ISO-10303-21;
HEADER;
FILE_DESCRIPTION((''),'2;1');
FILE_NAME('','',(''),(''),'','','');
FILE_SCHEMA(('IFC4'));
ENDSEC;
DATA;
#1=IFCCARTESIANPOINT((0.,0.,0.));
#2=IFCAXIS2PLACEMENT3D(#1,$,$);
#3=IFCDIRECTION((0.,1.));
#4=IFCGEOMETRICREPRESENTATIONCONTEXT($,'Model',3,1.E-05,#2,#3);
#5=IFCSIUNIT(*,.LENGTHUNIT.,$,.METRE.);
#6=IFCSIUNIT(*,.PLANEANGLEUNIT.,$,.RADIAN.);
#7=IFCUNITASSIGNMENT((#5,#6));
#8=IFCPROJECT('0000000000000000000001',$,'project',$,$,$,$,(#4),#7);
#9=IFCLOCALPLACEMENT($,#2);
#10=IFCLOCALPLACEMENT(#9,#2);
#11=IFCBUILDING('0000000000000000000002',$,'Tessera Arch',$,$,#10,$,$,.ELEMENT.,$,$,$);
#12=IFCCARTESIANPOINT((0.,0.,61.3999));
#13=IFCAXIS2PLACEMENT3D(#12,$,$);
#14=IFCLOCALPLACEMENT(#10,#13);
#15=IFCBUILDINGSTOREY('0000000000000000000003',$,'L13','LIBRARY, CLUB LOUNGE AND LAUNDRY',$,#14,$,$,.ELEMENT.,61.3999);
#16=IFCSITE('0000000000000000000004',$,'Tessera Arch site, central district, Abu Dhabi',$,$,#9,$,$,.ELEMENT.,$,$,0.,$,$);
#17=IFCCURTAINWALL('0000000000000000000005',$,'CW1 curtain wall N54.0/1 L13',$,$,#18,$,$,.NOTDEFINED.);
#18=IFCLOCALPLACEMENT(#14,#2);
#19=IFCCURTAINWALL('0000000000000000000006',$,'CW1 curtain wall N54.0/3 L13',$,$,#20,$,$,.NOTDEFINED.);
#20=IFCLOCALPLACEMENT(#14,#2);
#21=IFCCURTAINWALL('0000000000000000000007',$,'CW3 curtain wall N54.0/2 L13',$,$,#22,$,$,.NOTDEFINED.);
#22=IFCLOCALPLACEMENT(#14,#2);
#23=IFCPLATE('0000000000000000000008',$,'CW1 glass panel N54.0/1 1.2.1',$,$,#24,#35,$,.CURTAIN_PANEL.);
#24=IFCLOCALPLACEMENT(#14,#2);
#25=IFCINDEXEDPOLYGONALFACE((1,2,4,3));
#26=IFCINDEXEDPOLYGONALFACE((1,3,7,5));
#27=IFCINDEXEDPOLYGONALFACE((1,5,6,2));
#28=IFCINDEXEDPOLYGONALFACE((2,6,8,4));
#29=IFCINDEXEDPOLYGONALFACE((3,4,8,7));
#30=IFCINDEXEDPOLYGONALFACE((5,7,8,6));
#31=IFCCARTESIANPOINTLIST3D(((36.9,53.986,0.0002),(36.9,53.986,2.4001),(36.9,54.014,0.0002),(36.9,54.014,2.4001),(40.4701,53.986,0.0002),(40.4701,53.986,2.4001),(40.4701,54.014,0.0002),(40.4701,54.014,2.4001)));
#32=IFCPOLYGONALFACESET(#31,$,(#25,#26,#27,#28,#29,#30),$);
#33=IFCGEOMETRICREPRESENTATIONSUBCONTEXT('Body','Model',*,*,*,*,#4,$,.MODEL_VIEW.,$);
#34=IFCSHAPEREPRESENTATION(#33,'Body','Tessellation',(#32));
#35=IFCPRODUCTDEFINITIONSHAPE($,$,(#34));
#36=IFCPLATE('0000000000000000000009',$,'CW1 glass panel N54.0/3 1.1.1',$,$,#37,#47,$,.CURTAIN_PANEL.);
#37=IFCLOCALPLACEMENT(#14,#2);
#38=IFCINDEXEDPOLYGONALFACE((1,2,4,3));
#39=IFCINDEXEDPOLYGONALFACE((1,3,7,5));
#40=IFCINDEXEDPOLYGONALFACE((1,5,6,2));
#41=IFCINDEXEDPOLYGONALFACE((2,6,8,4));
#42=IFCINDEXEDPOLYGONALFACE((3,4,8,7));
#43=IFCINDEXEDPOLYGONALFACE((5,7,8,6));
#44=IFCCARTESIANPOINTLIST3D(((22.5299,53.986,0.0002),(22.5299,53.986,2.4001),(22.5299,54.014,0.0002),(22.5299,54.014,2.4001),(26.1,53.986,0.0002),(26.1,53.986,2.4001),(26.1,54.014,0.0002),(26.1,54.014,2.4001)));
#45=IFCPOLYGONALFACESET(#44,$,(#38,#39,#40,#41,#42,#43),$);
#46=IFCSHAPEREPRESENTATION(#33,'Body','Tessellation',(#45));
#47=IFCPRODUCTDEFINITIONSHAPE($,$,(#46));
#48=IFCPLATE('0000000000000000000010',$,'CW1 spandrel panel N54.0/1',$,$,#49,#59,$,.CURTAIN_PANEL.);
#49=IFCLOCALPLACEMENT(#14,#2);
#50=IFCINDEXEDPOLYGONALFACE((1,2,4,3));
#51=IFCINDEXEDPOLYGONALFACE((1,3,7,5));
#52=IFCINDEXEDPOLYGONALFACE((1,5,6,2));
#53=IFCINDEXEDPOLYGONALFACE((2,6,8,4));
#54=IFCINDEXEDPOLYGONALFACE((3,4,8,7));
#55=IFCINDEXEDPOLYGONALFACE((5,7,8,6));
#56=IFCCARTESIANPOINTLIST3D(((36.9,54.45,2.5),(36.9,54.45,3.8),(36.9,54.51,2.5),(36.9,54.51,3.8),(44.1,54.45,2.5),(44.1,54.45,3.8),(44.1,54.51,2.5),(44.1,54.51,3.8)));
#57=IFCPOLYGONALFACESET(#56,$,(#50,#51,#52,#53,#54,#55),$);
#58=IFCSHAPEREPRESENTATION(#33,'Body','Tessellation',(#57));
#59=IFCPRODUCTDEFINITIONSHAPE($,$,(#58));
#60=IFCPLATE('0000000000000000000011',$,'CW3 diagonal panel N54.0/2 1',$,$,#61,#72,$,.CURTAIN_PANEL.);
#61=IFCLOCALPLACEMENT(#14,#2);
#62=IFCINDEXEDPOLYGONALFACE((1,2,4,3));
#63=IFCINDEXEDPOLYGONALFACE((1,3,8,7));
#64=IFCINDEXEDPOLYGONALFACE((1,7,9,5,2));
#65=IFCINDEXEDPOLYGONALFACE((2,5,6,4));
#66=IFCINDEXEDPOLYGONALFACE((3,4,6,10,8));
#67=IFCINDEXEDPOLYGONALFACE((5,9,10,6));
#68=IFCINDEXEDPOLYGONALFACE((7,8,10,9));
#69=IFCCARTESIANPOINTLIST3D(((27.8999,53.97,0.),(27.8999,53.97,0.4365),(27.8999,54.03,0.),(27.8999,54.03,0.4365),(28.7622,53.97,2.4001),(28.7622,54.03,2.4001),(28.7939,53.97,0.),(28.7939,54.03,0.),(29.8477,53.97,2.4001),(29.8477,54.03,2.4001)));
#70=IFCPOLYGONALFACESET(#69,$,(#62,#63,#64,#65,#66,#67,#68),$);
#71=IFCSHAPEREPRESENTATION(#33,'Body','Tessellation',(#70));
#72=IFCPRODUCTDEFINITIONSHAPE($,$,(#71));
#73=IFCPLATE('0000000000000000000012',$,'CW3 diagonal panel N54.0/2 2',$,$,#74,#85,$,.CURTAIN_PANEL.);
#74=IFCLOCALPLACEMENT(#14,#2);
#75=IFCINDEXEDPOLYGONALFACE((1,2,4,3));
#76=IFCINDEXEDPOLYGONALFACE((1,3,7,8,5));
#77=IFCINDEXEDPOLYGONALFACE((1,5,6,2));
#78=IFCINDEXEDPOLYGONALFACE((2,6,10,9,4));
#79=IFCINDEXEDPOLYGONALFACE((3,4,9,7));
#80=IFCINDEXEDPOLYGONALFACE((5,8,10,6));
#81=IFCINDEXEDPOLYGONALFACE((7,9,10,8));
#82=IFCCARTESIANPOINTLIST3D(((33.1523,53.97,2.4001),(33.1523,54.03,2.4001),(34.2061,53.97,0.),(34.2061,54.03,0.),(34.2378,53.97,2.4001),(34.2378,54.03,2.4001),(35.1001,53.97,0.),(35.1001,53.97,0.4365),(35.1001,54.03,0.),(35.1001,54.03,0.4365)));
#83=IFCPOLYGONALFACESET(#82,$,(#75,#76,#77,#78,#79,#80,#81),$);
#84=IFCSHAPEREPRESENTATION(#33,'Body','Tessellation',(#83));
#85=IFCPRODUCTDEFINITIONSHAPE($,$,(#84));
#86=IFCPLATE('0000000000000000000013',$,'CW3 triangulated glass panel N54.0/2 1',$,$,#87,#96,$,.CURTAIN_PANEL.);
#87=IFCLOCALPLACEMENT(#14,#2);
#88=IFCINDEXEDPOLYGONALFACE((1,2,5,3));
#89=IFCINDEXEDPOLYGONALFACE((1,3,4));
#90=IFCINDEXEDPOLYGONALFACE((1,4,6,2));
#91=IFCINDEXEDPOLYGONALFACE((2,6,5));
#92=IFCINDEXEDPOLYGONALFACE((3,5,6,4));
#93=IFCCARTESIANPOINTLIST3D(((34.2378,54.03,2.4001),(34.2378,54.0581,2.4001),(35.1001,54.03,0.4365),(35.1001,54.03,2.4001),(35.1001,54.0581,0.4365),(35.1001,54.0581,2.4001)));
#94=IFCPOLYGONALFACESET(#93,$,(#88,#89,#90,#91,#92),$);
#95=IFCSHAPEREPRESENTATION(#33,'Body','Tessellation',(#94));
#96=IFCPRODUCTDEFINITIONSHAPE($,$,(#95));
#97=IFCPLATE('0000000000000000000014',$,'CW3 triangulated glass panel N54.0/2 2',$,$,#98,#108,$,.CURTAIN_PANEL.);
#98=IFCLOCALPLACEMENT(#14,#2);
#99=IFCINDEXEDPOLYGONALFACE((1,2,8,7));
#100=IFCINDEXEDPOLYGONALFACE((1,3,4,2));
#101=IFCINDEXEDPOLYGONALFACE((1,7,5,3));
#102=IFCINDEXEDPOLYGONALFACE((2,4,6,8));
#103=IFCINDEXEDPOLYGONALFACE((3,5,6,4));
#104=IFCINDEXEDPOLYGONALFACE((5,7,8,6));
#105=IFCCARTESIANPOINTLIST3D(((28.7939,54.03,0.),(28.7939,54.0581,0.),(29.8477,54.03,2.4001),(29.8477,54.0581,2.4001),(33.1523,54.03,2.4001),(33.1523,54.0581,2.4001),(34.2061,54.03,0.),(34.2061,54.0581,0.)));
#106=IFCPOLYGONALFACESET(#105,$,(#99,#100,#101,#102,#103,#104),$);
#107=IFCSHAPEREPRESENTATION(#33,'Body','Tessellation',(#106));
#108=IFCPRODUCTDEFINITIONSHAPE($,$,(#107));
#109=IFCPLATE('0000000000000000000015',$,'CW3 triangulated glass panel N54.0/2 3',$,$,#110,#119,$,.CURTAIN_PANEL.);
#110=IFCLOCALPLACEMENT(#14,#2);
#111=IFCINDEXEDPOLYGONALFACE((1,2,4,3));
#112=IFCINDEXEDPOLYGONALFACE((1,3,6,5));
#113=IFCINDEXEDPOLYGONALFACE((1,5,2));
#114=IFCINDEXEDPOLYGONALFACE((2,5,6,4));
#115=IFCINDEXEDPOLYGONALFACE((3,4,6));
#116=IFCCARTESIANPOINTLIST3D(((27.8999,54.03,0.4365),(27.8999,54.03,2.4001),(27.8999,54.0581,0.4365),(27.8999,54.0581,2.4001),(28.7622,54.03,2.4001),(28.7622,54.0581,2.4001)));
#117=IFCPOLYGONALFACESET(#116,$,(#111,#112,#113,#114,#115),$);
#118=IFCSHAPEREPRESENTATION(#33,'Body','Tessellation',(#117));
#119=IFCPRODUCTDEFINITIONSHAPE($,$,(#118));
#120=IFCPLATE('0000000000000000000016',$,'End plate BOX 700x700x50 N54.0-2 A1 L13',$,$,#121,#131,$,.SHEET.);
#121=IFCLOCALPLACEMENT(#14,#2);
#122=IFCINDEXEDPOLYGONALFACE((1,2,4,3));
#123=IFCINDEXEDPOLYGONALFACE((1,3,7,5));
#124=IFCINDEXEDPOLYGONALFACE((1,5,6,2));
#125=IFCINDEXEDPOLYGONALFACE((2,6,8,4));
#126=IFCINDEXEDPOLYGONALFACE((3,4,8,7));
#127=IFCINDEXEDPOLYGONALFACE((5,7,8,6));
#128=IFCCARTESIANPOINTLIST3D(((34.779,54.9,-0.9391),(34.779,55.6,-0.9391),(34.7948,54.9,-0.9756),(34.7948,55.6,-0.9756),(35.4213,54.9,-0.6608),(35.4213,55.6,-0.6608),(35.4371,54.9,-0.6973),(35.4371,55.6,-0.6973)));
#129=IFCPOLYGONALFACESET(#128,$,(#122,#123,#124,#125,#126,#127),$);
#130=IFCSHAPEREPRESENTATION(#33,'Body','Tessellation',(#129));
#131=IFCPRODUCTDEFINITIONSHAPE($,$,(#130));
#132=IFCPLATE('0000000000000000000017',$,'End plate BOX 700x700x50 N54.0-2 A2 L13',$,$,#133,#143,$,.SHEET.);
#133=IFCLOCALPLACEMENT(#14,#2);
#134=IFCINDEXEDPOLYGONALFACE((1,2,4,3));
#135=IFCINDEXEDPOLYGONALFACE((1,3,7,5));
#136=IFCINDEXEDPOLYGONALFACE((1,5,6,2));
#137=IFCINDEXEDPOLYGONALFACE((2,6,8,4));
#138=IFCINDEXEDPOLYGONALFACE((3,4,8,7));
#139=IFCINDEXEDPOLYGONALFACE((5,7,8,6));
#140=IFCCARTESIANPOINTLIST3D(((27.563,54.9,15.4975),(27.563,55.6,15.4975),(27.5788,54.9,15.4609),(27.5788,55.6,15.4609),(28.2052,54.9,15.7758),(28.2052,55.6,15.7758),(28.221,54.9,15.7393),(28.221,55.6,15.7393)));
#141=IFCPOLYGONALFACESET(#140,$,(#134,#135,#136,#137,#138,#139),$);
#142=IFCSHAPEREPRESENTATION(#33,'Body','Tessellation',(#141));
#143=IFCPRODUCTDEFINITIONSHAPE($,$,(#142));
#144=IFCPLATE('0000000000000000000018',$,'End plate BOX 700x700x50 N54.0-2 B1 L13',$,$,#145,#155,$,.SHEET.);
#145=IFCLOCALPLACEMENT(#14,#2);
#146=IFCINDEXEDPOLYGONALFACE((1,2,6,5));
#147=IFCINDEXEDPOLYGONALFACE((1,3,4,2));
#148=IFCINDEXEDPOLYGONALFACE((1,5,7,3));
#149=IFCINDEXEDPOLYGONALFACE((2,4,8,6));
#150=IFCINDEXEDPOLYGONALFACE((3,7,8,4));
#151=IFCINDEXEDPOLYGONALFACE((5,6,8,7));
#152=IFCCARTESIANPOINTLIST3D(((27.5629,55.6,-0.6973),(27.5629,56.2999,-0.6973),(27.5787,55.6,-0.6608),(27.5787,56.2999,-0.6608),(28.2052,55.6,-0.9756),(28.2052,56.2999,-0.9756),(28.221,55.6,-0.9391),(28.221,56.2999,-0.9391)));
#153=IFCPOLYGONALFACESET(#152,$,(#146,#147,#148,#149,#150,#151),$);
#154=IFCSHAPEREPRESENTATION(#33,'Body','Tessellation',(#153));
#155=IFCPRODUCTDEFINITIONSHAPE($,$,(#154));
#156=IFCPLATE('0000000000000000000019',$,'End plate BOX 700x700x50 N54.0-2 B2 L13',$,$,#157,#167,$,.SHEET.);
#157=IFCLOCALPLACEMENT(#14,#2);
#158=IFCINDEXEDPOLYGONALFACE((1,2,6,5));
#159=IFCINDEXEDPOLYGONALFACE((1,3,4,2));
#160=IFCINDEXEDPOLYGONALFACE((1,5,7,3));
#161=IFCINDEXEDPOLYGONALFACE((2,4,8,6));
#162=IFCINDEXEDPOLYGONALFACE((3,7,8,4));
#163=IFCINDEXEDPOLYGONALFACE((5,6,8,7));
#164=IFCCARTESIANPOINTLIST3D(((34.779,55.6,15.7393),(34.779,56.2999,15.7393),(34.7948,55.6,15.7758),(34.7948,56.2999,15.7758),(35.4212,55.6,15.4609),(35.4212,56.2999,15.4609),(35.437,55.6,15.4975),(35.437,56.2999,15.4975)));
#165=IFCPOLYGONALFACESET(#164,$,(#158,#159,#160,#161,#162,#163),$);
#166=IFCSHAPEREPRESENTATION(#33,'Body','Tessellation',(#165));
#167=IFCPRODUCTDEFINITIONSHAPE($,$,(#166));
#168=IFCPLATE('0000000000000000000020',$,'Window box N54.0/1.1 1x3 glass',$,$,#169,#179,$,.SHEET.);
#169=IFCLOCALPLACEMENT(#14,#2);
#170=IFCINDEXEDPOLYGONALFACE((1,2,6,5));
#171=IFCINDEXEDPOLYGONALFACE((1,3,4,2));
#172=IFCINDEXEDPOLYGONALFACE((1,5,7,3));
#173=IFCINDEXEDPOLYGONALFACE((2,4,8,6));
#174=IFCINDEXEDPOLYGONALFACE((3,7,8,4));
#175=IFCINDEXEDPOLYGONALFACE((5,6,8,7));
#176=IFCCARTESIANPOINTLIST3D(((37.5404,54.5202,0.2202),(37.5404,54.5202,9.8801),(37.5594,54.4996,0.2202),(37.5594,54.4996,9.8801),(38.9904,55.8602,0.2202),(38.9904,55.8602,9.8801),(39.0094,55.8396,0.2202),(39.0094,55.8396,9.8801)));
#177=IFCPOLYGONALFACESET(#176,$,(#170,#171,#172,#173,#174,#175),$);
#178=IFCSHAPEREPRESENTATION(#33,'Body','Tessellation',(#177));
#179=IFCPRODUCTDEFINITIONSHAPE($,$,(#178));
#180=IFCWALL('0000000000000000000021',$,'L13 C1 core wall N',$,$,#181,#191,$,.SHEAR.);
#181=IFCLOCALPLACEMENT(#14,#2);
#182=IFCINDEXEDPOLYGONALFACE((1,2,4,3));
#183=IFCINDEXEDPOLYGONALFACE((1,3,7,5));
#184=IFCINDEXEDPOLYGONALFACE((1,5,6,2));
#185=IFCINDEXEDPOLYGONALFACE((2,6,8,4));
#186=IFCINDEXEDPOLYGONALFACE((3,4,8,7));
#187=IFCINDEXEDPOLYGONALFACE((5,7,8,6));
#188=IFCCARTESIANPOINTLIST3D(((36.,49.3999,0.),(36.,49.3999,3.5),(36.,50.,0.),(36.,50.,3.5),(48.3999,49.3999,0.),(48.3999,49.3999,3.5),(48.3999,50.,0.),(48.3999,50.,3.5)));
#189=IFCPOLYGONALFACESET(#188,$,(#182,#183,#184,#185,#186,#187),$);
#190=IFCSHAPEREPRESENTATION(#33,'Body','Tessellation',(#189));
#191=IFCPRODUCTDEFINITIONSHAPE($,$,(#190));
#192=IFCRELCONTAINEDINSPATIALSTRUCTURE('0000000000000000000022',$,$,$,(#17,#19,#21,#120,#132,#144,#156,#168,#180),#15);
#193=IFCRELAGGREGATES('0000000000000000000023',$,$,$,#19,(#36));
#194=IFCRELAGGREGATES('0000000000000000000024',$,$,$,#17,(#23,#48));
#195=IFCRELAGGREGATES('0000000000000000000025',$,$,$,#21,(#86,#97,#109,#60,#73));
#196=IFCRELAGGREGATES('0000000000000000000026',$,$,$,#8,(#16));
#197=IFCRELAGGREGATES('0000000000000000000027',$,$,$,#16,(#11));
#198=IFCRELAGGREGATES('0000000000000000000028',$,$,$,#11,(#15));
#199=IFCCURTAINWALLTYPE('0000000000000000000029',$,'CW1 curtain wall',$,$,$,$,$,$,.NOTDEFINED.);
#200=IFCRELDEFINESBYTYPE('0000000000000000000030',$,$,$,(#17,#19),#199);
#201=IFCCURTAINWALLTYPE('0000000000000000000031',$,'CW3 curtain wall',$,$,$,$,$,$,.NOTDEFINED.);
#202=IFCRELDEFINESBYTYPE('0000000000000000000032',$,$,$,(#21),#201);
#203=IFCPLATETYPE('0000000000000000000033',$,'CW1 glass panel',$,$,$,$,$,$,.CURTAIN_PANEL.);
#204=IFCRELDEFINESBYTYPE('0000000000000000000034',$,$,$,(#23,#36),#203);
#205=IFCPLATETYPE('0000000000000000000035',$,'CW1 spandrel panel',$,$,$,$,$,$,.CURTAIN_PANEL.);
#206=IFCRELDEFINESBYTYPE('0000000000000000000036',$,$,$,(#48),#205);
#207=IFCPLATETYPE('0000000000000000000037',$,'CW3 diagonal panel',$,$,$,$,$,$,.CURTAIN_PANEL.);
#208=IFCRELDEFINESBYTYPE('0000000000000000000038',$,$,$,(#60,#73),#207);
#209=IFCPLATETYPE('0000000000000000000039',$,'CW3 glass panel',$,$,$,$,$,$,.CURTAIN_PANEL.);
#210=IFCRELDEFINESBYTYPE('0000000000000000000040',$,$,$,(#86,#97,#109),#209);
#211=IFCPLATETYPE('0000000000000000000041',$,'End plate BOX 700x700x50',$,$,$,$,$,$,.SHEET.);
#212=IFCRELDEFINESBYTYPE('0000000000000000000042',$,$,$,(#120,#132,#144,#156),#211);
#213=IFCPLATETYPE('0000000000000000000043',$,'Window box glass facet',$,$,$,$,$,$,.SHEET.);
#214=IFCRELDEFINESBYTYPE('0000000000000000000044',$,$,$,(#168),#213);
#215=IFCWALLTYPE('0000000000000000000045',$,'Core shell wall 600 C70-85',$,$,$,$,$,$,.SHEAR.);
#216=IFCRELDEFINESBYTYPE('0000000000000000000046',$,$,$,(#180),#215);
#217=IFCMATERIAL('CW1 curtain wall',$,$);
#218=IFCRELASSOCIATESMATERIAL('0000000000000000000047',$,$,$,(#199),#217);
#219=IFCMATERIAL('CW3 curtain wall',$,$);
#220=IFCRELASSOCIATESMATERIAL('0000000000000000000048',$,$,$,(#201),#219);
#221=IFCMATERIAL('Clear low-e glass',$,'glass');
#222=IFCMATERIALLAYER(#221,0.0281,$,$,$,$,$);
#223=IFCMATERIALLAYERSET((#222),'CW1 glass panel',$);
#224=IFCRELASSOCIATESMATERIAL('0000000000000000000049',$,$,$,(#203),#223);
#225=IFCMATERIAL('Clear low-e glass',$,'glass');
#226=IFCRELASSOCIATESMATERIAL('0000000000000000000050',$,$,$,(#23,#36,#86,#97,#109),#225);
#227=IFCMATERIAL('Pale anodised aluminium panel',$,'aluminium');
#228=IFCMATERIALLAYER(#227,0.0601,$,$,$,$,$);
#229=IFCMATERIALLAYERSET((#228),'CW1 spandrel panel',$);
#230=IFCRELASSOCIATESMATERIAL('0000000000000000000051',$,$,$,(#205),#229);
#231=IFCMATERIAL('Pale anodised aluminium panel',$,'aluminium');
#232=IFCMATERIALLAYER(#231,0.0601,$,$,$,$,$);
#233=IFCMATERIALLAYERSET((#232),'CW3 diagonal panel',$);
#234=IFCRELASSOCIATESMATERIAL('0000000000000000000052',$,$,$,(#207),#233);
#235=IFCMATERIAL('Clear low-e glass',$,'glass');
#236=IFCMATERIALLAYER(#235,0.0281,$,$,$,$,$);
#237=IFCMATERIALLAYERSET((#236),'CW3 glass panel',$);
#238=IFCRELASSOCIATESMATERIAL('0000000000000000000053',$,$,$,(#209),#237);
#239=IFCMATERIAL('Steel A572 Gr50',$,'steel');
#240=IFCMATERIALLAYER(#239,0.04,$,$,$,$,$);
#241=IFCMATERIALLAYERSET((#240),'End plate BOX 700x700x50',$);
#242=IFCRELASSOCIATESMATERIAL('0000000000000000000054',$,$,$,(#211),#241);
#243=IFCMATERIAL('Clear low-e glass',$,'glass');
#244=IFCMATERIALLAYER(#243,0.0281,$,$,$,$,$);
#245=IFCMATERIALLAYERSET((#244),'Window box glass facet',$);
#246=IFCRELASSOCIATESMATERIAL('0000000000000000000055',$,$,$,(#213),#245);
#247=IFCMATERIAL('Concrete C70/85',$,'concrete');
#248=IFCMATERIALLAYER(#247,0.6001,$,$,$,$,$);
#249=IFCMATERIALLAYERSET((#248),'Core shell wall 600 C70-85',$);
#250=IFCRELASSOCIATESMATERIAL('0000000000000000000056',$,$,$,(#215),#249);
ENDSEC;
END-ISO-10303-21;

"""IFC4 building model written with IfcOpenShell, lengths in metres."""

from ifc_helpers import new_model, si_unit, direction, frame, frame_2d, origin, origin_2d, place, context, subcontext, project, spatial, polyline, rectangle, outline, extrude, material, layer, layer_set, type_object, element, aggregate, save


model = new_model("IFC4")

# Units and contexts
model_context = context("Model", 3, precision=1e-05, world=origin(), true_north=direction((0.0, 1.0)))
body_context = subcontext(model_context, "Body", "Model", "MODEL_VIEW")
ifc_project = project(units=[si_unit("LENGTHUNIT", "METRE"), si_unit("PLANEANGLEUNIT", "RADIAN")], contexts=[model_context])

# Site, building, storey
site_placement = place(None, origin())
site = spatial("IfcSite", under=ifc_project, at=site_placement, Name="Tessera Arch site, central district, Abu Dhabi", CompositionType="ELEMENT", RefElevation=0.0)
building_placement = place(site_placement, origin())
building = spatial("IfcBuilding", under=site, at=building_placement, Name="Tessera Arch", CompositionType="ELEMENT")
storey_placement = place(building_placement, frame((0.0, 0.0, 61.3999)))
storey = spatial("IfcBuildingStorey", under=building, at=storey_placement, Name="L13", Description="LIBRARY, CLUB LOUNGE AND LAUNDRY", CompositionType="ELEMENT", Elevation=61.3999)

# Curtain walls
ifc_material_1 = material(Name="CW1 curtain wall")
curtain_wall_type_1 = type_object("IfcCurtainWallType", Name="CW1 curtain wall", PredefinedType="NOTDEFINED", material=ifc_material_1)
curtain_wall_1_placement = place(storey_placement, origin())
curtain_wall_1 = element("IfcCurtainWall", 1, at=curtain_wall_1_placement, inside=storey, type_object=curtain_wall_type_1, Name="CW1 curtain wall N54.0/1 L13", PredefinedType="NOTDEFINED")
curtain_wall_2_placement = place(storey_placement, origin())
curtain_wall_2 = element("IfcCurtainWall", 2, at=curtain_wall_2_placement, inside=storey, type_object=curtain_wall_type_1, Name="CW1 curtain wall N54.0/3 L13", PredefinedType="NOTDEFINED")
ifc_material_2 = material(Name="CW3 curtain wall")
curtain_wall_type_2 = type_object("IfcCurtainWallType", Name="CW3 curtain wall", PredefinedType="NOTDEFINED", material=ifc_material_2)
curtain_wall_3_placement = place(storey_placement, origin())
curtain_wall_3 = element("IfcCurtainWall", 3, at=curtain_wall_3_placement, inside=storey, type_object=curtain_wall_type_2, Name="CW3 curtain wall N54.0/2 L13", PredefinedType="NOTDEFINED")

# Plates
ifc_material_3 = material(Name="Clear low-e glass", Category="glass")
ifc_material_4 = material(Name="Clear low-e glass", Category="glass")
ifc_layer_1 = layer(ifc_material_4, 0.0281)
ifc_layer_set_1 = layer_set([ifc_layer_1], Name="CW1 glass panel")
plate_type_1 = type_object("IfcPlateType", Name="CW1 glass panel", PredefinedType="CURTAIN_PANEL", material=ifc_layer_set_1)
plate_1_placement = place(storey_placement, frame((38.6851, 54.0, 0.0002), z_axis=(0.0, 0.0, 1.0), x_axis=(-1.0, 0.0, 0.0)))
plate_1 = element("IfcPlate", 4, at=plate_1_placement, type_object=plate_type_1, material=ifc_material_3, Name="CW1 glass panel N54.0/1 1.2.1", PredefinedType="CURTAIN_PANEL", context=body_context, shape_type="SweptSolid", body=[
    extrude(rectangle(XDim=3.5701, YDim=0.0281, at=origin_2d()), origin(), (0.0, 0.0, 1.0), 2.3999),
])
plate_2_placement = place(storey_placement, frame((24.3149, 54.0, 0.0002), z_axis=(0.0, 0.0, 1.0), x_axis=(-1.0, 0.0, 0.0)))
plate_2 = element("IfcPlate", 5, at=plate_2_placement, type_object=plate_type_1, material=ifc_material_3, Name="CW1 glass panel N54.0/3 1.1.1", PredefinedType="CURTAIN_PANEL", context=body_context, shape_type="SweptSolid", body=[
    extrude(rectangle(XDim=3.5701, YDim=0.0281, at=origin_2d()), origin(), (0.0, 0.0, 1.0), 2.3999),
])
aggregate(curtain_wall_2, [plate_2])
ifc_material_5 = material(Name="Pale anodised aluminium panel", Category="aluminium")
ifc_layer_2 = layer(ifc_material_5, 0.0601)
ifc_layer_set_2 = layer_set([ifc_layer_2], Name="CW1 spandrel panel")
plate_type_2 = type_object("IfcPlateType", Name="CW1 spandrel panel", PredefinedType="CURTAIN_PANEL", material=ifc_layer_set_2)
plate_3_placement = place(storey_placement, frame((40.5, 54.48, 2.5), z_axis=(0.0, 0.0, 1.0), x_axis=(-1.0, 0.0, 0.0)))
plate_3 = element("IfcPlate", 6, at=plate_3_placement, type_object=plate_type_2, Name="CW1 spandrel panel N54.0/1", PredefinedType="CURTAIN_PANEL", context=body_context, shape_type="SweptSolid", body=[
    extrude(rectangle(XDim=7.2, YDim=0.0601, at=origin_2d()), origin(), (0.0, 0.0, 1.0), 1.3),
])
aggregate(curtain_wall_1, [plate_1, plate_3])
ifc_material_6 = material(Name="Pale anodised aluminium panel", Category="aluminium")
ifc_layer_3 = layer(ifc_material_6, 0.0601)
ifc_layer_set_3 = layer_set([ifc_layer_3], Name="CW3 diagonal panel")
plate_type_3 = type_object("IfcPlateType", Name="CW3 diagonal panel", PredefinedType="CURTAIN_PANEL", material=ifc_layer_set_3)
plate_4_placement = place(storey_placement, frame((27.8999, 54.03, 0.0), z_axis=(0.0, 1.0, 0.0), x_axis=(0.0, 0.0, 1.0)))
plate_4 = element("IfcPlate", 7, at=plate_4_placement, type_object=plate_type_3, Name="CW3 diagonal panel N54.0/2 1", PredefinedType="CURTAIN_PANEL", context=body_context, shape_type="SweptSolid", body=[
    extrude(outline(polyline([(0.0, 0.0), (0.4365, 0.0), (2.4001, 0.8623), (2.4001, 1.9478), (0.0, 0.894), (0.0, 0.0)])), origin(), (0.0, 0.0, -1.0), 0.0601),
])
plate_5_placement = place(storey_placement, frame((33.1523, 54.03, 2.4001), z_axis=(0.0, 1.0, 0.0), x_axis=(1.0, 0.0, 0.0)))
plate_5 = element("IfcPlate", 8, at=plate_5_placement, type_object=plate_type_3, Name="CW3 diagonal panel N54.0/2 2", PredefinedType="CURTAIN_PANEL", context=body_context, shape_type="SweptSolid", body=[
    extrude(outline(polyline([(0.0, 0.0), (1.0854, 0.0), (1.9478, 1.9636), (1.9478, 2.4001), (1.0537, 2.4001), (0.0, 0.0)])), origin(), (0.0, 0.0, -1.0), 0.0601),
])
ifc_material_7 = material(Name="Clear low-e glass", Category="glass")
ifc_layer_4 = layer(ifc_material_7, 0.0281)
ifc_layer_set_4 = layer_set([ifc_layer_4], Name="CW3 glass panel")
plate_type_4 = type_object("IfcPlateType", Name="CW3 glass panel", PredefinedType="CURTAIN_PANEL", material=ifc_layer_set_4)
plate_6_placement = place(storey_placement, frame((35.1001, 54.0581, 2.4001), z_axis=(0.0, 1.0, 0.0), x_axis=(0.0, 0.0, -1.0)))
plate_6 = element("IfcPlate", 9, at=plate_6_placement, type_object=plate_type_4, material=ifc_material_3, Name="CW3 triangulated glass panel N54.0/2 1", PredefinedType="CURTAIN_PANEL", context=body_context, shape_type="SweptSolid", body=[
    extrude(outline(polyline([(0.0, 0.0), (1.9636, 0.0), (0.0, 0.8623), (0.0, 0.0)])), origin(), (0.0, 0.0, -1.0), 0.0281),
])
plate_7_placement = place(storey_placement, frame((29.8477, 54.0581, 2.4001), z_axis=(0.0, 1.0, 0.0), x_axis=(1.0, 0.0, 0.0)))
plate_7 = element("IfcPlate", 10, at=plate_7_placement, type_object=plate_type_4, material=ifc_material_3, Name="CW3 triangulated glass panel N54.0/2 2", PredefinedType="CURTAIN_PANEL", context=body_context, shape_type="SweptSolid", body=[
    extrude(outline(polyline([(0.0, 0.0), (3.3047, 0.0), (4.3584, 2.4001), (-1.0537, 2.4001), (0.0, 0.0)])), origin(), (0.0, 0.0, -1.0), 0.0281),
])
plate_8_placement = place(storey_placement, frame((27.8999, 54.0581, 2.4001), z_axis=(0.0, 1.0, 0.0), x_axis=(1.0, 0.0, 0.0)))
plate_8 = element("IfcPlate", 11, at=plate_8_placement, type_object=plate_type_4, material=ifc_material_3, Name="CW3 triangulated glass panel N54.0/2 3", PredefinedType="CURTAIN_PANEL", context=body_context, shape_type="SweptSolid", body=[
    extrude(outline(polyline([(0.0, 0.0), (0.8623, 0.0), (0.0, 1.9636), (0.0, 0.0)])), origin(), (0.0, 0.0, -1.0), 0.0281),
])
aggregate(curtain_wall_3, [plate_6, plate_7, plate_8, plate_4, plate_5])

# Plates
ifc_material_8 = material(Name="Steel A572 Gr50", Category="steel")
ifc_layer_5 = layer(ifc_material_8, 0.04)
ifc_layer_set_5 = layer_set([ifc_layer_5], Name="End plate BOX 700x700x50")
plate_type_5 = type_object("IfcPlateType", Name="End plate BOX 700x700x50", PredefinedType="SHEET", material=ifc_layer_set_5)
for number, where, z_axis, x_axis, name in (
    (12, (35.116, 55.25, -0.8364), (-0.397607, 0.0, 0.917556), (0.0, -1.0, 0.0), "End plate BOX 700x700x50 N54.0-2 A1 L13"),
    (13, (27.8999, 55.25, 15.6001), (-0.397607, 0.0, 0.917556), (0.0, -1.0, 0.0), "End plate BOX 700x700x50 N54.0-2 A2 L13"),
    (14, (27.884, 55.95, -0.8364), (0.397607, 0.0, 0.917556), (0.0, 1.0, 0.0), "End plate BOX 700x700x50 N54.0-2 B1 L13"),
    (15, (35.1001, 55.95, 15.6001), (0.397607, 0.0, 0.917556), (0.0, 1.0, 0.0), "End plate BOX 700x700x50 N54.0-2 B2 L13"),
):
    element("IfcPlate", number, at=place(storey_placement, frame(where, z_axis=z_axis, x_axis=x_axis)), inside=storey, type_object=plate_type_5, Name=name, PredefinedType="SHEET", context=body_context, shape_type="SweptSolid", body=[
        extrude(rectangle(XDim=0.7, YDim=0.7, at=origin_2d()), origin(), (0.0, 0.0, 1.0), 0.0398),
    ])
ifc_material_9 = material(Name="Clear low-e glass", Category="glass")
ifc_layer_6 = layer(ifc_material_9, 0.0281)
ifc_layer_set_6 = layer_set([ifc_layer_6], Name="Window box glass facet")
plate_type_6 = type_object("IfcPlateType", Name="Window box glass facet", PredefinedType="SHEET", material=ifc_layer_set_6)
plate_9_placement = place(storey_placement, frame((38.2749, 55.1799, 0.2202), z_axis=(0.0, 0.0, 1.0), x_axis=(0.734415, 0.678701, 0.0)))
element("IfcPlate", 16, at=plate_9_placement, inside=storey, type_object=plate_type_6, Name="Window box N54.0/1.1 1x3 glass", PredefinedType="SHEET", context=body_context, shape_type="SweptSolid", body=[
    extrude(rectangle(XDim=1.9744, YDim=0.0281, at=origin_2d()), origin(), (0.0, 0.0, 1.0), 9.6599),
])

# Wall
ifc_material_10 = material(Name="Concrete C70/85", Category="concrete")
ifc_layer_7 = layer(ifc_material_10, 0.6001)
ifc_layer_set_7 = layer_set([ifc_layer_7], Name="Core shell wall 600 C70-85")
wall_type_1 = type_object("IfcWallType", Name="Core shell wall 600 C70-85", PredefinedType="SHEAR", material=ifc_layer_set_7)
wall_1_placement = place(storey_placement, frame((36.0, 49.7, 0.0), z_axis=(0.0, 0.0, 1.0), x_axis=(1.0, 0.0, 0.0)))
element("IfcWall", 17, at=wall_1_placement, inside=storey, type_object=wall_type_1, Name="L13 C1 core wall N", PredefinedType="SHEAR", context=body_context, shape_type="SweptSolid", body=[
    extrude(rectangle(XDim=12.3999, YDim=0.6001, at=frame_2d((6.2, 0.0))), origin(), (0.0, 0.0, 1.0), 3.5),
])

save(model, "model.ifc")
